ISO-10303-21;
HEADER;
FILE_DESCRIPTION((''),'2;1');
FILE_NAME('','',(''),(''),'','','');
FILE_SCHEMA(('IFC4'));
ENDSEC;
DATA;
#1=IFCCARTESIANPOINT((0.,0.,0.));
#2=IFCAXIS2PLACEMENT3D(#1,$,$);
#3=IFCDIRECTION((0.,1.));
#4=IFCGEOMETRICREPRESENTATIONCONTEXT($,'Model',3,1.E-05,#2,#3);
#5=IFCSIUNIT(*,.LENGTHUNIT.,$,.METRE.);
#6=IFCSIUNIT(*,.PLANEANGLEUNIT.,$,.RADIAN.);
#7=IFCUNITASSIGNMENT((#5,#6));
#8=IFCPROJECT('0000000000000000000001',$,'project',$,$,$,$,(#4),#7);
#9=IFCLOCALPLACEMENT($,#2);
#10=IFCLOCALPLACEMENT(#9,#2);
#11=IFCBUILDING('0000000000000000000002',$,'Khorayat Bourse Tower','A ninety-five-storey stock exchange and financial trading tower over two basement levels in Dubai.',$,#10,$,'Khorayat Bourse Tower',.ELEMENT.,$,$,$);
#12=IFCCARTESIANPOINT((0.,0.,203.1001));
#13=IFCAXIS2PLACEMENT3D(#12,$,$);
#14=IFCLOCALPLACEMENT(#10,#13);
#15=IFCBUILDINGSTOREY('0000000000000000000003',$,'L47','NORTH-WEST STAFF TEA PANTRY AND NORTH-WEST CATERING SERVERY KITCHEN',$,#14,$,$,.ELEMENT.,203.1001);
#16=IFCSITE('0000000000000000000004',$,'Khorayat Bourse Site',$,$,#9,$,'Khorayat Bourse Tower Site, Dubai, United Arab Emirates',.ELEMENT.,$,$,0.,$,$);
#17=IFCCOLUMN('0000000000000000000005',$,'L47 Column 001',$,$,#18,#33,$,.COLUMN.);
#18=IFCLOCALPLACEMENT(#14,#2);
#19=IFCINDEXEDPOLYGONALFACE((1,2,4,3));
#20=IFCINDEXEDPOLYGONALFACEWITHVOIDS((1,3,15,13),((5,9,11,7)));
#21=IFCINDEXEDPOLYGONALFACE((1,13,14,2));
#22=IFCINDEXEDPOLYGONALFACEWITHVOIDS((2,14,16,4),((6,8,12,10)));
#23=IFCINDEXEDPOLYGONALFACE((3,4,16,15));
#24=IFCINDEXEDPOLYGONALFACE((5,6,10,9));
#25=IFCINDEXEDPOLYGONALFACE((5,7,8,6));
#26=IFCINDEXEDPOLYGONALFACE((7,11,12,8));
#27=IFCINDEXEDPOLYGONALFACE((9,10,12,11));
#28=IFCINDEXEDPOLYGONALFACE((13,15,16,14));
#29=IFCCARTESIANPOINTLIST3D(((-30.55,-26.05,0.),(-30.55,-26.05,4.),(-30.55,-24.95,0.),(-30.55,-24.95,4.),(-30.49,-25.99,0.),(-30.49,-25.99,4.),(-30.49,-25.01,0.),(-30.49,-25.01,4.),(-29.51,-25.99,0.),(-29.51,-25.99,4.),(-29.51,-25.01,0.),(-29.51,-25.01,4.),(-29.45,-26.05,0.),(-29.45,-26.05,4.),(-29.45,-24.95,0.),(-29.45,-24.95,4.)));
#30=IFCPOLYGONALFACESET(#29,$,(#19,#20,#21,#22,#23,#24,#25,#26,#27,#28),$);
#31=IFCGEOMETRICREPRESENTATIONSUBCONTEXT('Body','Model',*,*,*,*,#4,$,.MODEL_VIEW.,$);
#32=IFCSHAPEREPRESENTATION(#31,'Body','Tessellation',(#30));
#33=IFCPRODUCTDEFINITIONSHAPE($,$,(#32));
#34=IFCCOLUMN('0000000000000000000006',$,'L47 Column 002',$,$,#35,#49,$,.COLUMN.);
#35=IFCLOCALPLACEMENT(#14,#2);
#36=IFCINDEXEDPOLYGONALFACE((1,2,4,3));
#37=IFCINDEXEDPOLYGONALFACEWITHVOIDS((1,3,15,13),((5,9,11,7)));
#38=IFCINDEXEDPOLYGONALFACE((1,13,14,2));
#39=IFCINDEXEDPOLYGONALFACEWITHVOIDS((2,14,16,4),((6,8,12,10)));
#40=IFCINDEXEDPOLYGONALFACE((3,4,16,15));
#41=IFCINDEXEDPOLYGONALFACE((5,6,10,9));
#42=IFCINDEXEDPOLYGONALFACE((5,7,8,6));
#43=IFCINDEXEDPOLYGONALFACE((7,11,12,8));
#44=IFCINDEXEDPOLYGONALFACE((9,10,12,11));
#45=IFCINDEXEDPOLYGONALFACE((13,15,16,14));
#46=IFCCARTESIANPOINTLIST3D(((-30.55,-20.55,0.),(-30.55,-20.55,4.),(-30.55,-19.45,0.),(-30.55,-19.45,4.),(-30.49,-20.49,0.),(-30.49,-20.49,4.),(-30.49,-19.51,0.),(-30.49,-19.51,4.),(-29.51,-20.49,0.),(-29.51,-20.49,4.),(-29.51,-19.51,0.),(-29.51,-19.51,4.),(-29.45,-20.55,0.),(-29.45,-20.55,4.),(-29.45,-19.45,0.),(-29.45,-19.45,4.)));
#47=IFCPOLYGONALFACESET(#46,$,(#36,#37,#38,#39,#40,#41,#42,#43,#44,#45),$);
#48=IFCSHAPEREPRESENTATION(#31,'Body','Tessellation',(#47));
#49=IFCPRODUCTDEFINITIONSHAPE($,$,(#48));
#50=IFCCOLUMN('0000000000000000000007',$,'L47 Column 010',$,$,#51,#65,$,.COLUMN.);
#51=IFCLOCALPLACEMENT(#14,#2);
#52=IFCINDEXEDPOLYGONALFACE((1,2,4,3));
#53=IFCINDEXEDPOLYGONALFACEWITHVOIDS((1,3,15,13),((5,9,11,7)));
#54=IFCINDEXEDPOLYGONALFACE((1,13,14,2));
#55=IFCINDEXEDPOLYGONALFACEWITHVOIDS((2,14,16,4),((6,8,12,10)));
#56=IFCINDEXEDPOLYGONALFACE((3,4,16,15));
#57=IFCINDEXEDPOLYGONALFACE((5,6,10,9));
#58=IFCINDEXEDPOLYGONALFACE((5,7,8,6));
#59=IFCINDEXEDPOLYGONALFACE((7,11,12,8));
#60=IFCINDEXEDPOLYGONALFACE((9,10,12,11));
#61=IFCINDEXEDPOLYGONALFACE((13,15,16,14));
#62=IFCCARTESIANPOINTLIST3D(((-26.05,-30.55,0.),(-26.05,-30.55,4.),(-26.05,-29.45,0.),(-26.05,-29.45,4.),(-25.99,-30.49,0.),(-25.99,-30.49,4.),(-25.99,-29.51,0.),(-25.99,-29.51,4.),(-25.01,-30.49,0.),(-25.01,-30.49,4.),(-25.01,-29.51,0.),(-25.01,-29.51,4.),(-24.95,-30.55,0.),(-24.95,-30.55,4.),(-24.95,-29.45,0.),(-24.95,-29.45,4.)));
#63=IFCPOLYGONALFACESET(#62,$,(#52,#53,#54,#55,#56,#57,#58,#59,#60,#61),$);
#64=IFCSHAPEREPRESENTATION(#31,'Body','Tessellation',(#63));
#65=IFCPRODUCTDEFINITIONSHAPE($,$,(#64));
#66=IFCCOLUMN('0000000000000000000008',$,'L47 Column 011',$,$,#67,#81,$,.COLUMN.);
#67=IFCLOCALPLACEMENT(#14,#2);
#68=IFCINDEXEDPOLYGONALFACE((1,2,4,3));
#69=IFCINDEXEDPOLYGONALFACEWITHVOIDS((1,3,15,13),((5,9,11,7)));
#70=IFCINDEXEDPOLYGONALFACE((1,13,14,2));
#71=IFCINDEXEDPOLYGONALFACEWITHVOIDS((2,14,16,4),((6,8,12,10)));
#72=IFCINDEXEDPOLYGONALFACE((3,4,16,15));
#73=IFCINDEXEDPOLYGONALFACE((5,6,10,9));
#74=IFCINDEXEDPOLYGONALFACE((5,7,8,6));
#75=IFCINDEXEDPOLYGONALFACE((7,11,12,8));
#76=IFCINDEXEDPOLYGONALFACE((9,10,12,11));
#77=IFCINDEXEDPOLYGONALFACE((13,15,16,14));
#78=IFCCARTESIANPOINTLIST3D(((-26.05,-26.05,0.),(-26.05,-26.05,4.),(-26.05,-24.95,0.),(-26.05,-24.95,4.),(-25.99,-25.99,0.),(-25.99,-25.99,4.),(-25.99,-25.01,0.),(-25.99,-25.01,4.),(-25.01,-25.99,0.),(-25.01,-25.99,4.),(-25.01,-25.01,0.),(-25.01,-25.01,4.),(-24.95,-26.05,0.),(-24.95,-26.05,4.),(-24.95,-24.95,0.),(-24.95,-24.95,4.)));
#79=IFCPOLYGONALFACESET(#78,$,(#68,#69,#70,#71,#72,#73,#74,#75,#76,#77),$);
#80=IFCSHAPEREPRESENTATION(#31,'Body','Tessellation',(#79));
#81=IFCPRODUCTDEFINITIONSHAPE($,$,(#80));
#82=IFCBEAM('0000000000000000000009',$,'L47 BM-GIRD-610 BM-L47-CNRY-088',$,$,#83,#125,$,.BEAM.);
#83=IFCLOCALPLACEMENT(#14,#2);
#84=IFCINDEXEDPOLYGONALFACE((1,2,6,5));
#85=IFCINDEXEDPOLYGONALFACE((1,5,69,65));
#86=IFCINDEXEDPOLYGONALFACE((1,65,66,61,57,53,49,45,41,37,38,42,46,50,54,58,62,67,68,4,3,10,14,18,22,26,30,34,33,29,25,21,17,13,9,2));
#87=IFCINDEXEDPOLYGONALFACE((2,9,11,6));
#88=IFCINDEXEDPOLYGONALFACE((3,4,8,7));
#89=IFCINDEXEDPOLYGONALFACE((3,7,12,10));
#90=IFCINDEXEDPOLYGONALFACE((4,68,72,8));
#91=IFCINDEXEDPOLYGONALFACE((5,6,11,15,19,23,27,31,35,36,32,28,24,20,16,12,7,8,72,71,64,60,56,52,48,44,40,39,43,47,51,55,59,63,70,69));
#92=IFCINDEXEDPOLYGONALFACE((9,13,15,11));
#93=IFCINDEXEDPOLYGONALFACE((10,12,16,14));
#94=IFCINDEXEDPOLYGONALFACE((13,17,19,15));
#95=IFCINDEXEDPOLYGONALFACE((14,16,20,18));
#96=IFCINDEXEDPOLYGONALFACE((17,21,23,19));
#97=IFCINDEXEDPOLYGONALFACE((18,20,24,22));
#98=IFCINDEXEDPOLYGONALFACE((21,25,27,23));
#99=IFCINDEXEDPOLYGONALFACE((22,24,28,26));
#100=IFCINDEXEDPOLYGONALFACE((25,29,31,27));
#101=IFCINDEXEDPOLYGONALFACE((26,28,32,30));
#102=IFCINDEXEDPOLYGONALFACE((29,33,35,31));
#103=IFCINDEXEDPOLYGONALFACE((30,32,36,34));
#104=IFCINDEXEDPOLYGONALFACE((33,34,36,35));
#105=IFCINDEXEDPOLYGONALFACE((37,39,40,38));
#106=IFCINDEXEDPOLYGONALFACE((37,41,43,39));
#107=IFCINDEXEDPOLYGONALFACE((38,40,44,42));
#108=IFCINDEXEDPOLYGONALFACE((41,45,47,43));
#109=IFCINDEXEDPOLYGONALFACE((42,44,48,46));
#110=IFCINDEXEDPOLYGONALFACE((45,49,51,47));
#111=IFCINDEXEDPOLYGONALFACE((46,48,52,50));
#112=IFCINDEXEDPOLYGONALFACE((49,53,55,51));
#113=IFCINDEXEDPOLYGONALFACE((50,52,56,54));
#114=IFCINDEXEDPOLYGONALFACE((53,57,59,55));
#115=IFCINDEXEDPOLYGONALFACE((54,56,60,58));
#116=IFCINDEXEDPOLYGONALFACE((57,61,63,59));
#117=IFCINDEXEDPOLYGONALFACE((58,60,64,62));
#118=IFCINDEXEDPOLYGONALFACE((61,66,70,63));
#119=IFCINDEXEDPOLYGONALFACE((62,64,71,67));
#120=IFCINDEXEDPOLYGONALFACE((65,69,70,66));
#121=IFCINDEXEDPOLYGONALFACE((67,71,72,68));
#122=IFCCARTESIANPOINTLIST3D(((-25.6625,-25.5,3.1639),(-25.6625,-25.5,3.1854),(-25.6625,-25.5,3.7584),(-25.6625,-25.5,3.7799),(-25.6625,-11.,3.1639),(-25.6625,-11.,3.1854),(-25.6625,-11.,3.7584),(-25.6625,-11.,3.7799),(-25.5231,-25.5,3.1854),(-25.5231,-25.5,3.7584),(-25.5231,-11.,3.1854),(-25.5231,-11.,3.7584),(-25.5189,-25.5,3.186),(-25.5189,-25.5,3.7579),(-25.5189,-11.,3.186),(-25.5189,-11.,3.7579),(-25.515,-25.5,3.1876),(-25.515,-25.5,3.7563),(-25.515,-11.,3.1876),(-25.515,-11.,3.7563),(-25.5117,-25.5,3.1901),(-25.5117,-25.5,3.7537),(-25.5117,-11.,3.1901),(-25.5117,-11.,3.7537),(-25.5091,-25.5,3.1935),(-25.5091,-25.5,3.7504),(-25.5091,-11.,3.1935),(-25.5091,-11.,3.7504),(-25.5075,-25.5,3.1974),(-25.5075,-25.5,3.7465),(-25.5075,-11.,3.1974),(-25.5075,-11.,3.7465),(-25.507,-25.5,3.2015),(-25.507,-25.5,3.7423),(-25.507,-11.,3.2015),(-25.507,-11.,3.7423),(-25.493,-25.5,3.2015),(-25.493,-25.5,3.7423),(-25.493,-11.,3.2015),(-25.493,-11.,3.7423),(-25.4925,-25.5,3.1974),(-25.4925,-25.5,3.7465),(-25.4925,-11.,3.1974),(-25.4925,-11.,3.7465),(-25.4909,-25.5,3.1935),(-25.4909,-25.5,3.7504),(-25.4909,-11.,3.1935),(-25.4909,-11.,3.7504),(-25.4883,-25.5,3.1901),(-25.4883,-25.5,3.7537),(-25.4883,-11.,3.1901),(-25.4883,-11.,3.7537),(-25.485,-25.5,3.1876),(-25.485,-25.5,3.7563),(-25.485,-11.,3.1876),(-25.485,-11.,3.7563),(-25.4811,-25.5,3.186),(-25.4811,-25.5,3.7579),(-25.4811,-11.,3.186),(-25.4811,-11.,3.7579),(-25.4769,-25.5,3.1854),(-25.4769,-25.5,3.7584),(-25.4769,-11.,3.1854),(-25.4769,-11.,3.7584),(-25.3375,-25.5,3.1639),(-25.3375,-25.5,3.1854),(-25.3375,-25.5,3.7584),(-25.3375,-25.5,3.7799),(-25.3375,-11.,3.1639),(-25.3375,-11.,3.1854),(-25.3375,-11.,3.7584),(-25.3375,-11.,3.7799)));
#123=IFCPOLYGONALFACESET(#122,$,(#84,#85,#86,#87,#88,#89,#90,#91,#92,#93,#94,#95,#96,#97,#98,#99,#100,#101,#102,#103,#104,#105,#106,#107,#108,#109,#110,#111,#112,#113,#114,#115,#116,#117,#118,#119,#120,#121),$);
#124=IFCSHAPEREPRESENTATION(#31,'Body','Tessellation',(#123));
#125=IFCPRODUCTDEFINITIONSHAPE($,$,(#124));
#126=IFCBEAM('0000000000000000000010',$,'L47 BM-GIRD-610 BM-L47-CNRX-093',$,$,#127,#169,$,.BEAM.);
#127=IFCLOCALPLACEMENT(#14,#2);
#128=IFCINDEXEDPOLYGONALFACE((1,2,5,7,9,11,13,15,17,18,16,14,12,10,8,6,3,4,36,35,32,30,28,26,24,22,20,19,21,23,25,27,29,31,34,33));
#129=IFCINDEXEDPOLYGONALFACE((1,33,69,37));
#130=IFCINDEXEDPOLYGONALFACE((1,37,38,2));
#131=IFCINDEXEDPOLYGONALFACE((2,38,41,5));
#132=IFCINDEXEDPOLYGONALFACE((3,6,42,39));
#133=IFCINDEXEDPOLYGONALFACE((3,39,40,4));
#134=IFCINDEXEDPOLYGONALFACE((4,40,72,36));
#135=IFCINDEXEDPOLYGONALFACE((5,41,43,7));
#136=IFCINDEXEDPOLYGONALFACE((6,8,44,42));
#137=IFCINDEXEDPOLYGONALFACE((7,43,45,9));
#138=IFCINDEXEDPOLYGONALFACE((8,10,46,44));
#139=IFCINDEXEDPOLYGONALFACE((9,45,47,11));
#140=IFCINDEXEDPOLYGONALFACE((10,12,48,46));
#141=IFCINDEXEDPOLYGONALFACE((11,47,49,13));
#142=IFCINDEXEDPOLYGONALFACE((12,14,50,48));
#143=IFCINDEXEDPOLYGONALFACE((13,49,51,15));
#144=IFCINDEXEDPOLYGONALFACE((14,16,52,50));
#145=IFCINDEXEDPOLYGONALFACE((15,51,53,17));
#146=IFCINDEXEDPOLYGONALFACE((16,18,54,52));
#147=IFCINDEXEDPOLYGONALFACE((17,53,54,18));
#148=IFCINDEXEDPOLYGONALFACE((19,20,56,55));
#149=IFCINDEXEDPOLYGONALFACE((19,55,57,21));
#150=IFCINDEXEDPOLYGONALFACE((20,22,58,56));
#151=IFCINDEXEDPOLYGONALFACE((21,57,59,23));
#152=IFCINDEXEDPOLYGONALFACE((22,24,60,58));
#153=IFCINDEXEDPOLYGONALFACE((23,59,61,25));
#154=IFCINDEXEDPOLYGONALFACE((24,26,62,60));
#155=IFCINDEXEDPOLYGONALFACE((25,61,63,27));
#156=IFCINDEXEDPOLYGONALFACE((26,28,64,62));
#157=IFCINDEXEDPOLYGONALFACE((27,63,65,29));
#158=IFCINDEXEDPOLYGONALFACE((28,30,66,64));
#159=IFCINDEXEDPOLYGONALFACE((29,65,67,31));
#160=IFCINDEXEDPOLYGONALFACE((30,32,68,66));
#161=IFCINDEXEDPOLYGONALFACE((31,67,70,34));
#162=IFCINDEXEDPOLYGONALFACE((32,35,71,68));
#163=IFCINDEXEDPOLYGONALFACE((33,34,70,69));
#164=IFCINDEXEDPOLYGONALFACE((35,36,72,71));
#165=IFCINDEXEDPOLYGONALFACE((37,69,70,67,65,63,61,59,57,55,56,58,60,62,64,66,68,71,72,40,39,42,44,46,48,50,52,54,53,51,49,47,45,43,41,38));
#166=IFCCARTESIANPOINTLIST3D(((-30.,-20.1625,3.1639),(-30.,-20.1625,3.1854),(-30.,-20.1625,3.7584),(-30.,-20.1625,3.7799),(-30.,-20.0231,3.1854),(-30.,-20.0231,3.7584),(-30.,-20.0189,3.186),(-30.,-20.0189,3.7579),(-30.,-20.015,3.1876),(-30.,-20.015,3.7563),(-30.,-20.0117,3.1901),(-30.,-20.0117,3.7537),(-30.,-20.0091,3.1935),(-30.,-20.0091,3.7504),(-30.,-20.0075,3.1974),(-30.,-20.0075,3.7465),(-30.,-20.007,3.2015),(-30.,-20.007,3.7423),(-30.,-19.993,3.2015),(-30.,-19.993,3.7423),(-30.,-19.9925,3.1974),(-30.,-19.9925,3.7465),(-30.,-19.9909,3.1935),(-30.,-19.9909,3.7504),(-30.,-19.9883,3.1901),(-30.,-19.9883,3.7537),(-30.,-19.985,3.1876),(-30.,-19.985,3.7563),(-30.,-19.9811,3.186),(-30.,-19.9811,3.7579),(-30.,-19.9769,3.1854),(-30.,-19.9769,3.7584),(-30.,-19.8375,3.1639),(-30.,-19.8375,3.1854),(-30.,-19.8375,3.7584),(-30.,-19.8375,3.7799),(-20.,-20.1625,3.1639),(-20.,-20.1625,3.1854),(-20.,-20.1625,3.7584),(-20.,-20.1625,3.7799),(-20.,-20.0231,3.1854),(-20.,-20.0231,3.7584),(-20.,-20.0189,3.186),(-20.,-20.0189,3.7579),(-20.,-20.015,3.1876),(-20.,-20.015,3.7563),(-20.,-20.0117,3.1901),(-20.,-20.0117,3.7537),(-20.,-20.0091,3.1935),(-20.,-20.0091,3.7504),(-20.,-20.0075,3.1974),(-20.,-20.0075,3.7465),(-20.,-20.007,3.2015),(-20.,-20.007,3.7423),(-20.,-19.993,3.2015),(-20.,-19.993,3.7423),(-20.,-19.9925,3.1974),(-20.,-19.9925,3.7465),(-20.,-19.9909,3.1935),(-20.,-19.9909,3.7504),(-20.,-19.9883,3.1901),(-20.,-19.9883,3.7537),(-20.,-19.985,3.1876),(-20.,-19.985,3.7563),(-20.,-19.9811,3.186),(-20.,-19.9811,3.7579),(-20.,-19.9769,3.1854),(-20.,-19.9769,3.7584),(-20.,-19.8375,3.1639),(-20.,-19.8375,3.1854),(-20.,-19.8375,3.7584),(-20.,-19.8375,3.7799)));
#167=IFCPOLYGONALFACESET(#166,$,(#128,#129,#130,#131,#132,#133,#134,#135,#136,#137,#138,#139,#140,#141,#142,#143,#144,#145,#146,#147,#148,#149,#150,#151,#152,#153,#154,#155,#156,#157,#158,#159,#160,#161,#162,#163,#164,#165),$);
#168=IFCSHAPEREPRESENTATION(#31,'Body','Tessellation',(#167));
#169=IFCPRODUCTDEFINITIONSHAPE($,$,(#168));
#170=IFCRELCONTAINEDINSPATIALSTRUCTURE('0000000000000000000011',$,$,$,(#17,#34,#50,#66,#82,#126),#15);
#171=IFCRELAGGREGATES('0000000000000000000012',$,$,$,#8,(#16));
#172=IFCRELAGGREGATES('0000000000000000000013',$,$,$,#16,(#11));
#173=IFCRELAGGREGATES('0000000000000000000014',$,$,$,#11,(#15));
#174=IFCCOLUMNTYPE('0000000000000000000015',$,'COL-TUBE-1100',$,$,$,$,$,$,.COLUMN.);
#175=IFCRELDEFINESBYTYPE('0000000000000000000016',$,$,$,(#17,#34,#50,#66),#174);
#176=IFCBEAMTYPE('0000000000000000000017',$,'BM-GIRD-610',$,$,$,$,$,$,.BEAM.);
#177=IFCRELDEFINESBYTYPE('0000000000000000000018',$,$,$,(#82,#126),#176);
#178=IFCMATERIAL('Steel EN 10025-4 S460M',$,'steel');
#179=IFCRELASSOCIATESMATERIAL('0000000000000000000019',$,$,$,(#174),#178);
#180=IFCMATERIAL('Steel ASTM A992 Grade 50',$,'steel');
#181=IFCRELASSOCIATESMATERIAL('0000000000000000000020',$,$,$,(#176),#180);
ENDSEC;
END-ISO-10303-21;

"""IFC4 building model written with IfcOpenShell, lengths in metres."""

from ifc_helpers import new_model, si_unit, direction, frame, origin, origin_2d, place, context, subcontext, project, spatial, hollow_rectangle, i_section, extrude, source, transform, mapped, material, material_profile, profile_set, type_object, element, save


model = new_model("IFC4")

# Units and contexts
model_context = context("Model", 3, precision=1e-05, world=origin(), true_north=direction((0.0, 1.0)))
body_context = subcontext(model_context, "Body", "Model", "MODEL_VIEW")
ifc_project = project(units=[si_unit("LENGTHUNIT", "METRE"), si_unit("PLANEANGLEUNIT", "RADIAN")], contexts=[model_context])

# Site, building, storey
site_placement = place(None, origin())
site = spatial("IfcSite", under=ifc_project, at=site_placement, Name="Khorayat Bourse Site", LongName="Khorayat Bourse Tower Site, Dubai, United Arab Emirates", CompositionType="ELEMENT", RefElevation=0.0)
building_placement = place(site_placement, origin())
building = spatial("IfcBuilding", under=site, at=building_placement, Name="Khorayat Bourse Tower", Description="A ninety-five-storey stock exchange and financial trading tower over two basement levels in Dubai.", LongName="Khorayat Bourse Tower", CompositionType="ELEMENT")
storey_placement = place(building_placement, frame((0.0, 0.0, 203.1001)))
storey = spatial("IfcBuildingStorey", under=building, at=storey_placement, Name="L47", Description="NORTH-WEST STAFF TEA PANTRY AND NORTH-WEST CATERING SERVERY KITCHEN", CompositionType="ELEMENT", Elevation=203.1001)

# Columns
ifc_material_1 = material(Name="Steel EN 10025-4 S460M", Category="steel")
ifc_material_profile_1 = material_profile(ifc_material_1, hollow_rectangle(XDim=1.1001, YDim=1.1001, WallThickness=0.0601, at=origin_2d()), Name="BOX 1100x1100x60")
ifc_profile_set_1 = profile_set([ifc_material_profile_1], Name="Steel EN 10025-4 S460M")
column_type = type_object("IfcColumnType", Name="COL-TUBE-1100", PredefinedType="COLUMN", material=ifc_profile_set_1)
shared_shape_1 = source(origin(), body_context, "Body", "SweptSolid", [
    extrude(hollow_rectangle(XDim=1.1001, YDim=1.1001, WallThickness=0.0601, at=origin_2d()), origin(), (0.0, 0.0, 1.0), 4.0),
])
for number, where, z_axis, x_axis, name in (
    (1, (-30.0, -25.5, 0.0), (0.0, 0.0, 1.0), (1.0, 0.0, 0.0), "L47 Column 001"),
    (2, (-30.0, -20.0, 0.0), (0.0, 0.0, 1.0), (1.0, 0.0, 0.0), "L47 Column 002"),
    (3, (-25.5, -30.0, 0.0), (0.0, 0.0, 1.0), (1.0, 0.0, 0.0), "L47 Column 010"),
    (4, (-25.5, -25.5, 0.0), (0.0, 0.0, 1.0), (1.0, 0.0, 0.0), "L47 Column 011"),
):
    element("IfcColumn", number, at=place(storey_placement, frame(where, z_axis=z_axis, x_axis=x_axis)), inside=storey, type_object=column_type, Name=name, PredefinedType="COLUMN", context=body_context, shape_type="MappedRepresentation", body=[
        mapped(shared_shape_1, transform((0.0, 0.0, 0.0), scale=1.0)),
    ])

# Beams
ifc_material_2 = material(Name="Steel ASTM A992 Grade 50", Category="steel")
ifc_material_profile_2 = material_profile(ifc_material_2, i_section(OverallWidth=0.325, OverallDepth=0.616, WebThickness=0.0139, FlangeThickness=0.0215, FilletRadius=0.0161, at=origin_2d()), Name="W610X174")
ifc_profile_set_2 = profile_set([ifc_material_profile_2], Name="Steel ASTM A992 Grade 50")
beam_type_1 = type_object("IfcBeamType", Name="BM-GIRD-610", PredefinedType="BEAM", material=ifc_profile_set_2)
shared_shape_2 = source(origin(), body_context, "Body", "SweptSolid", [
    extrude(i_section(OverallWidth=0.325, OverallDepth=0.616, WebThickness=0.0139, FlangeThickness=0.0215, FilletRadius=0.0161, at=origin_2d()), origin(), (0.0, 0.0, 1.0), 14.5),
])
beam_1_placement = place(storey_placement, frame((-25.5, -25.5, 3.4719), z_axis=(0.0, 1.0, 0.0), x_axis=(-1.0, 0.0, 0.0)))
element("IfcBeam", 5, at=beam_1_placement, inside=storey, type_object=beam_type_1, Name="L47 BM-GIRD-610 BM-L47-CNRY-088", PredefinedType="BEAM", context=body_context, shape_type="MappedRepresentation", body=[
    mapped(shared_shape_2, transform((0.0, 0.0, 0.0), scale=1.0)),
])
shared_shape_3 = source(origin(), body_context, "Body", "SweptSolid", [
    extrude(i_section(OverallWidth=0.325, OverallDepth=0.616, WebThickness=0.0139, FlangeThickness=0.0215, FilletRadius=0.0161, at=origin_2d()), origin(), (0.0, 0.0, 1.0), 10.0),
])
beam_2_placement = place(storey_placement, frame((-30.0, -20.0, 3.4719), z_axis=(1.0, 0.0, 0.0), x_axis=(0.0, 1.0, 0.0)))
element("IfcBeam", 6, at=beam_2_placement, inside=storey, type_object=beam_type_1, Name="L47 BM-GIRD-610 BM-L47-CNRX-093", PredefinedType="BEAM", context=body_context, shape_type="MappedRepresentation", body=[
    mapped(shared_shape_3, transform((0.0, 0.0, 0.0), scale=1.0)),
])

save(model, "model.ifc")
